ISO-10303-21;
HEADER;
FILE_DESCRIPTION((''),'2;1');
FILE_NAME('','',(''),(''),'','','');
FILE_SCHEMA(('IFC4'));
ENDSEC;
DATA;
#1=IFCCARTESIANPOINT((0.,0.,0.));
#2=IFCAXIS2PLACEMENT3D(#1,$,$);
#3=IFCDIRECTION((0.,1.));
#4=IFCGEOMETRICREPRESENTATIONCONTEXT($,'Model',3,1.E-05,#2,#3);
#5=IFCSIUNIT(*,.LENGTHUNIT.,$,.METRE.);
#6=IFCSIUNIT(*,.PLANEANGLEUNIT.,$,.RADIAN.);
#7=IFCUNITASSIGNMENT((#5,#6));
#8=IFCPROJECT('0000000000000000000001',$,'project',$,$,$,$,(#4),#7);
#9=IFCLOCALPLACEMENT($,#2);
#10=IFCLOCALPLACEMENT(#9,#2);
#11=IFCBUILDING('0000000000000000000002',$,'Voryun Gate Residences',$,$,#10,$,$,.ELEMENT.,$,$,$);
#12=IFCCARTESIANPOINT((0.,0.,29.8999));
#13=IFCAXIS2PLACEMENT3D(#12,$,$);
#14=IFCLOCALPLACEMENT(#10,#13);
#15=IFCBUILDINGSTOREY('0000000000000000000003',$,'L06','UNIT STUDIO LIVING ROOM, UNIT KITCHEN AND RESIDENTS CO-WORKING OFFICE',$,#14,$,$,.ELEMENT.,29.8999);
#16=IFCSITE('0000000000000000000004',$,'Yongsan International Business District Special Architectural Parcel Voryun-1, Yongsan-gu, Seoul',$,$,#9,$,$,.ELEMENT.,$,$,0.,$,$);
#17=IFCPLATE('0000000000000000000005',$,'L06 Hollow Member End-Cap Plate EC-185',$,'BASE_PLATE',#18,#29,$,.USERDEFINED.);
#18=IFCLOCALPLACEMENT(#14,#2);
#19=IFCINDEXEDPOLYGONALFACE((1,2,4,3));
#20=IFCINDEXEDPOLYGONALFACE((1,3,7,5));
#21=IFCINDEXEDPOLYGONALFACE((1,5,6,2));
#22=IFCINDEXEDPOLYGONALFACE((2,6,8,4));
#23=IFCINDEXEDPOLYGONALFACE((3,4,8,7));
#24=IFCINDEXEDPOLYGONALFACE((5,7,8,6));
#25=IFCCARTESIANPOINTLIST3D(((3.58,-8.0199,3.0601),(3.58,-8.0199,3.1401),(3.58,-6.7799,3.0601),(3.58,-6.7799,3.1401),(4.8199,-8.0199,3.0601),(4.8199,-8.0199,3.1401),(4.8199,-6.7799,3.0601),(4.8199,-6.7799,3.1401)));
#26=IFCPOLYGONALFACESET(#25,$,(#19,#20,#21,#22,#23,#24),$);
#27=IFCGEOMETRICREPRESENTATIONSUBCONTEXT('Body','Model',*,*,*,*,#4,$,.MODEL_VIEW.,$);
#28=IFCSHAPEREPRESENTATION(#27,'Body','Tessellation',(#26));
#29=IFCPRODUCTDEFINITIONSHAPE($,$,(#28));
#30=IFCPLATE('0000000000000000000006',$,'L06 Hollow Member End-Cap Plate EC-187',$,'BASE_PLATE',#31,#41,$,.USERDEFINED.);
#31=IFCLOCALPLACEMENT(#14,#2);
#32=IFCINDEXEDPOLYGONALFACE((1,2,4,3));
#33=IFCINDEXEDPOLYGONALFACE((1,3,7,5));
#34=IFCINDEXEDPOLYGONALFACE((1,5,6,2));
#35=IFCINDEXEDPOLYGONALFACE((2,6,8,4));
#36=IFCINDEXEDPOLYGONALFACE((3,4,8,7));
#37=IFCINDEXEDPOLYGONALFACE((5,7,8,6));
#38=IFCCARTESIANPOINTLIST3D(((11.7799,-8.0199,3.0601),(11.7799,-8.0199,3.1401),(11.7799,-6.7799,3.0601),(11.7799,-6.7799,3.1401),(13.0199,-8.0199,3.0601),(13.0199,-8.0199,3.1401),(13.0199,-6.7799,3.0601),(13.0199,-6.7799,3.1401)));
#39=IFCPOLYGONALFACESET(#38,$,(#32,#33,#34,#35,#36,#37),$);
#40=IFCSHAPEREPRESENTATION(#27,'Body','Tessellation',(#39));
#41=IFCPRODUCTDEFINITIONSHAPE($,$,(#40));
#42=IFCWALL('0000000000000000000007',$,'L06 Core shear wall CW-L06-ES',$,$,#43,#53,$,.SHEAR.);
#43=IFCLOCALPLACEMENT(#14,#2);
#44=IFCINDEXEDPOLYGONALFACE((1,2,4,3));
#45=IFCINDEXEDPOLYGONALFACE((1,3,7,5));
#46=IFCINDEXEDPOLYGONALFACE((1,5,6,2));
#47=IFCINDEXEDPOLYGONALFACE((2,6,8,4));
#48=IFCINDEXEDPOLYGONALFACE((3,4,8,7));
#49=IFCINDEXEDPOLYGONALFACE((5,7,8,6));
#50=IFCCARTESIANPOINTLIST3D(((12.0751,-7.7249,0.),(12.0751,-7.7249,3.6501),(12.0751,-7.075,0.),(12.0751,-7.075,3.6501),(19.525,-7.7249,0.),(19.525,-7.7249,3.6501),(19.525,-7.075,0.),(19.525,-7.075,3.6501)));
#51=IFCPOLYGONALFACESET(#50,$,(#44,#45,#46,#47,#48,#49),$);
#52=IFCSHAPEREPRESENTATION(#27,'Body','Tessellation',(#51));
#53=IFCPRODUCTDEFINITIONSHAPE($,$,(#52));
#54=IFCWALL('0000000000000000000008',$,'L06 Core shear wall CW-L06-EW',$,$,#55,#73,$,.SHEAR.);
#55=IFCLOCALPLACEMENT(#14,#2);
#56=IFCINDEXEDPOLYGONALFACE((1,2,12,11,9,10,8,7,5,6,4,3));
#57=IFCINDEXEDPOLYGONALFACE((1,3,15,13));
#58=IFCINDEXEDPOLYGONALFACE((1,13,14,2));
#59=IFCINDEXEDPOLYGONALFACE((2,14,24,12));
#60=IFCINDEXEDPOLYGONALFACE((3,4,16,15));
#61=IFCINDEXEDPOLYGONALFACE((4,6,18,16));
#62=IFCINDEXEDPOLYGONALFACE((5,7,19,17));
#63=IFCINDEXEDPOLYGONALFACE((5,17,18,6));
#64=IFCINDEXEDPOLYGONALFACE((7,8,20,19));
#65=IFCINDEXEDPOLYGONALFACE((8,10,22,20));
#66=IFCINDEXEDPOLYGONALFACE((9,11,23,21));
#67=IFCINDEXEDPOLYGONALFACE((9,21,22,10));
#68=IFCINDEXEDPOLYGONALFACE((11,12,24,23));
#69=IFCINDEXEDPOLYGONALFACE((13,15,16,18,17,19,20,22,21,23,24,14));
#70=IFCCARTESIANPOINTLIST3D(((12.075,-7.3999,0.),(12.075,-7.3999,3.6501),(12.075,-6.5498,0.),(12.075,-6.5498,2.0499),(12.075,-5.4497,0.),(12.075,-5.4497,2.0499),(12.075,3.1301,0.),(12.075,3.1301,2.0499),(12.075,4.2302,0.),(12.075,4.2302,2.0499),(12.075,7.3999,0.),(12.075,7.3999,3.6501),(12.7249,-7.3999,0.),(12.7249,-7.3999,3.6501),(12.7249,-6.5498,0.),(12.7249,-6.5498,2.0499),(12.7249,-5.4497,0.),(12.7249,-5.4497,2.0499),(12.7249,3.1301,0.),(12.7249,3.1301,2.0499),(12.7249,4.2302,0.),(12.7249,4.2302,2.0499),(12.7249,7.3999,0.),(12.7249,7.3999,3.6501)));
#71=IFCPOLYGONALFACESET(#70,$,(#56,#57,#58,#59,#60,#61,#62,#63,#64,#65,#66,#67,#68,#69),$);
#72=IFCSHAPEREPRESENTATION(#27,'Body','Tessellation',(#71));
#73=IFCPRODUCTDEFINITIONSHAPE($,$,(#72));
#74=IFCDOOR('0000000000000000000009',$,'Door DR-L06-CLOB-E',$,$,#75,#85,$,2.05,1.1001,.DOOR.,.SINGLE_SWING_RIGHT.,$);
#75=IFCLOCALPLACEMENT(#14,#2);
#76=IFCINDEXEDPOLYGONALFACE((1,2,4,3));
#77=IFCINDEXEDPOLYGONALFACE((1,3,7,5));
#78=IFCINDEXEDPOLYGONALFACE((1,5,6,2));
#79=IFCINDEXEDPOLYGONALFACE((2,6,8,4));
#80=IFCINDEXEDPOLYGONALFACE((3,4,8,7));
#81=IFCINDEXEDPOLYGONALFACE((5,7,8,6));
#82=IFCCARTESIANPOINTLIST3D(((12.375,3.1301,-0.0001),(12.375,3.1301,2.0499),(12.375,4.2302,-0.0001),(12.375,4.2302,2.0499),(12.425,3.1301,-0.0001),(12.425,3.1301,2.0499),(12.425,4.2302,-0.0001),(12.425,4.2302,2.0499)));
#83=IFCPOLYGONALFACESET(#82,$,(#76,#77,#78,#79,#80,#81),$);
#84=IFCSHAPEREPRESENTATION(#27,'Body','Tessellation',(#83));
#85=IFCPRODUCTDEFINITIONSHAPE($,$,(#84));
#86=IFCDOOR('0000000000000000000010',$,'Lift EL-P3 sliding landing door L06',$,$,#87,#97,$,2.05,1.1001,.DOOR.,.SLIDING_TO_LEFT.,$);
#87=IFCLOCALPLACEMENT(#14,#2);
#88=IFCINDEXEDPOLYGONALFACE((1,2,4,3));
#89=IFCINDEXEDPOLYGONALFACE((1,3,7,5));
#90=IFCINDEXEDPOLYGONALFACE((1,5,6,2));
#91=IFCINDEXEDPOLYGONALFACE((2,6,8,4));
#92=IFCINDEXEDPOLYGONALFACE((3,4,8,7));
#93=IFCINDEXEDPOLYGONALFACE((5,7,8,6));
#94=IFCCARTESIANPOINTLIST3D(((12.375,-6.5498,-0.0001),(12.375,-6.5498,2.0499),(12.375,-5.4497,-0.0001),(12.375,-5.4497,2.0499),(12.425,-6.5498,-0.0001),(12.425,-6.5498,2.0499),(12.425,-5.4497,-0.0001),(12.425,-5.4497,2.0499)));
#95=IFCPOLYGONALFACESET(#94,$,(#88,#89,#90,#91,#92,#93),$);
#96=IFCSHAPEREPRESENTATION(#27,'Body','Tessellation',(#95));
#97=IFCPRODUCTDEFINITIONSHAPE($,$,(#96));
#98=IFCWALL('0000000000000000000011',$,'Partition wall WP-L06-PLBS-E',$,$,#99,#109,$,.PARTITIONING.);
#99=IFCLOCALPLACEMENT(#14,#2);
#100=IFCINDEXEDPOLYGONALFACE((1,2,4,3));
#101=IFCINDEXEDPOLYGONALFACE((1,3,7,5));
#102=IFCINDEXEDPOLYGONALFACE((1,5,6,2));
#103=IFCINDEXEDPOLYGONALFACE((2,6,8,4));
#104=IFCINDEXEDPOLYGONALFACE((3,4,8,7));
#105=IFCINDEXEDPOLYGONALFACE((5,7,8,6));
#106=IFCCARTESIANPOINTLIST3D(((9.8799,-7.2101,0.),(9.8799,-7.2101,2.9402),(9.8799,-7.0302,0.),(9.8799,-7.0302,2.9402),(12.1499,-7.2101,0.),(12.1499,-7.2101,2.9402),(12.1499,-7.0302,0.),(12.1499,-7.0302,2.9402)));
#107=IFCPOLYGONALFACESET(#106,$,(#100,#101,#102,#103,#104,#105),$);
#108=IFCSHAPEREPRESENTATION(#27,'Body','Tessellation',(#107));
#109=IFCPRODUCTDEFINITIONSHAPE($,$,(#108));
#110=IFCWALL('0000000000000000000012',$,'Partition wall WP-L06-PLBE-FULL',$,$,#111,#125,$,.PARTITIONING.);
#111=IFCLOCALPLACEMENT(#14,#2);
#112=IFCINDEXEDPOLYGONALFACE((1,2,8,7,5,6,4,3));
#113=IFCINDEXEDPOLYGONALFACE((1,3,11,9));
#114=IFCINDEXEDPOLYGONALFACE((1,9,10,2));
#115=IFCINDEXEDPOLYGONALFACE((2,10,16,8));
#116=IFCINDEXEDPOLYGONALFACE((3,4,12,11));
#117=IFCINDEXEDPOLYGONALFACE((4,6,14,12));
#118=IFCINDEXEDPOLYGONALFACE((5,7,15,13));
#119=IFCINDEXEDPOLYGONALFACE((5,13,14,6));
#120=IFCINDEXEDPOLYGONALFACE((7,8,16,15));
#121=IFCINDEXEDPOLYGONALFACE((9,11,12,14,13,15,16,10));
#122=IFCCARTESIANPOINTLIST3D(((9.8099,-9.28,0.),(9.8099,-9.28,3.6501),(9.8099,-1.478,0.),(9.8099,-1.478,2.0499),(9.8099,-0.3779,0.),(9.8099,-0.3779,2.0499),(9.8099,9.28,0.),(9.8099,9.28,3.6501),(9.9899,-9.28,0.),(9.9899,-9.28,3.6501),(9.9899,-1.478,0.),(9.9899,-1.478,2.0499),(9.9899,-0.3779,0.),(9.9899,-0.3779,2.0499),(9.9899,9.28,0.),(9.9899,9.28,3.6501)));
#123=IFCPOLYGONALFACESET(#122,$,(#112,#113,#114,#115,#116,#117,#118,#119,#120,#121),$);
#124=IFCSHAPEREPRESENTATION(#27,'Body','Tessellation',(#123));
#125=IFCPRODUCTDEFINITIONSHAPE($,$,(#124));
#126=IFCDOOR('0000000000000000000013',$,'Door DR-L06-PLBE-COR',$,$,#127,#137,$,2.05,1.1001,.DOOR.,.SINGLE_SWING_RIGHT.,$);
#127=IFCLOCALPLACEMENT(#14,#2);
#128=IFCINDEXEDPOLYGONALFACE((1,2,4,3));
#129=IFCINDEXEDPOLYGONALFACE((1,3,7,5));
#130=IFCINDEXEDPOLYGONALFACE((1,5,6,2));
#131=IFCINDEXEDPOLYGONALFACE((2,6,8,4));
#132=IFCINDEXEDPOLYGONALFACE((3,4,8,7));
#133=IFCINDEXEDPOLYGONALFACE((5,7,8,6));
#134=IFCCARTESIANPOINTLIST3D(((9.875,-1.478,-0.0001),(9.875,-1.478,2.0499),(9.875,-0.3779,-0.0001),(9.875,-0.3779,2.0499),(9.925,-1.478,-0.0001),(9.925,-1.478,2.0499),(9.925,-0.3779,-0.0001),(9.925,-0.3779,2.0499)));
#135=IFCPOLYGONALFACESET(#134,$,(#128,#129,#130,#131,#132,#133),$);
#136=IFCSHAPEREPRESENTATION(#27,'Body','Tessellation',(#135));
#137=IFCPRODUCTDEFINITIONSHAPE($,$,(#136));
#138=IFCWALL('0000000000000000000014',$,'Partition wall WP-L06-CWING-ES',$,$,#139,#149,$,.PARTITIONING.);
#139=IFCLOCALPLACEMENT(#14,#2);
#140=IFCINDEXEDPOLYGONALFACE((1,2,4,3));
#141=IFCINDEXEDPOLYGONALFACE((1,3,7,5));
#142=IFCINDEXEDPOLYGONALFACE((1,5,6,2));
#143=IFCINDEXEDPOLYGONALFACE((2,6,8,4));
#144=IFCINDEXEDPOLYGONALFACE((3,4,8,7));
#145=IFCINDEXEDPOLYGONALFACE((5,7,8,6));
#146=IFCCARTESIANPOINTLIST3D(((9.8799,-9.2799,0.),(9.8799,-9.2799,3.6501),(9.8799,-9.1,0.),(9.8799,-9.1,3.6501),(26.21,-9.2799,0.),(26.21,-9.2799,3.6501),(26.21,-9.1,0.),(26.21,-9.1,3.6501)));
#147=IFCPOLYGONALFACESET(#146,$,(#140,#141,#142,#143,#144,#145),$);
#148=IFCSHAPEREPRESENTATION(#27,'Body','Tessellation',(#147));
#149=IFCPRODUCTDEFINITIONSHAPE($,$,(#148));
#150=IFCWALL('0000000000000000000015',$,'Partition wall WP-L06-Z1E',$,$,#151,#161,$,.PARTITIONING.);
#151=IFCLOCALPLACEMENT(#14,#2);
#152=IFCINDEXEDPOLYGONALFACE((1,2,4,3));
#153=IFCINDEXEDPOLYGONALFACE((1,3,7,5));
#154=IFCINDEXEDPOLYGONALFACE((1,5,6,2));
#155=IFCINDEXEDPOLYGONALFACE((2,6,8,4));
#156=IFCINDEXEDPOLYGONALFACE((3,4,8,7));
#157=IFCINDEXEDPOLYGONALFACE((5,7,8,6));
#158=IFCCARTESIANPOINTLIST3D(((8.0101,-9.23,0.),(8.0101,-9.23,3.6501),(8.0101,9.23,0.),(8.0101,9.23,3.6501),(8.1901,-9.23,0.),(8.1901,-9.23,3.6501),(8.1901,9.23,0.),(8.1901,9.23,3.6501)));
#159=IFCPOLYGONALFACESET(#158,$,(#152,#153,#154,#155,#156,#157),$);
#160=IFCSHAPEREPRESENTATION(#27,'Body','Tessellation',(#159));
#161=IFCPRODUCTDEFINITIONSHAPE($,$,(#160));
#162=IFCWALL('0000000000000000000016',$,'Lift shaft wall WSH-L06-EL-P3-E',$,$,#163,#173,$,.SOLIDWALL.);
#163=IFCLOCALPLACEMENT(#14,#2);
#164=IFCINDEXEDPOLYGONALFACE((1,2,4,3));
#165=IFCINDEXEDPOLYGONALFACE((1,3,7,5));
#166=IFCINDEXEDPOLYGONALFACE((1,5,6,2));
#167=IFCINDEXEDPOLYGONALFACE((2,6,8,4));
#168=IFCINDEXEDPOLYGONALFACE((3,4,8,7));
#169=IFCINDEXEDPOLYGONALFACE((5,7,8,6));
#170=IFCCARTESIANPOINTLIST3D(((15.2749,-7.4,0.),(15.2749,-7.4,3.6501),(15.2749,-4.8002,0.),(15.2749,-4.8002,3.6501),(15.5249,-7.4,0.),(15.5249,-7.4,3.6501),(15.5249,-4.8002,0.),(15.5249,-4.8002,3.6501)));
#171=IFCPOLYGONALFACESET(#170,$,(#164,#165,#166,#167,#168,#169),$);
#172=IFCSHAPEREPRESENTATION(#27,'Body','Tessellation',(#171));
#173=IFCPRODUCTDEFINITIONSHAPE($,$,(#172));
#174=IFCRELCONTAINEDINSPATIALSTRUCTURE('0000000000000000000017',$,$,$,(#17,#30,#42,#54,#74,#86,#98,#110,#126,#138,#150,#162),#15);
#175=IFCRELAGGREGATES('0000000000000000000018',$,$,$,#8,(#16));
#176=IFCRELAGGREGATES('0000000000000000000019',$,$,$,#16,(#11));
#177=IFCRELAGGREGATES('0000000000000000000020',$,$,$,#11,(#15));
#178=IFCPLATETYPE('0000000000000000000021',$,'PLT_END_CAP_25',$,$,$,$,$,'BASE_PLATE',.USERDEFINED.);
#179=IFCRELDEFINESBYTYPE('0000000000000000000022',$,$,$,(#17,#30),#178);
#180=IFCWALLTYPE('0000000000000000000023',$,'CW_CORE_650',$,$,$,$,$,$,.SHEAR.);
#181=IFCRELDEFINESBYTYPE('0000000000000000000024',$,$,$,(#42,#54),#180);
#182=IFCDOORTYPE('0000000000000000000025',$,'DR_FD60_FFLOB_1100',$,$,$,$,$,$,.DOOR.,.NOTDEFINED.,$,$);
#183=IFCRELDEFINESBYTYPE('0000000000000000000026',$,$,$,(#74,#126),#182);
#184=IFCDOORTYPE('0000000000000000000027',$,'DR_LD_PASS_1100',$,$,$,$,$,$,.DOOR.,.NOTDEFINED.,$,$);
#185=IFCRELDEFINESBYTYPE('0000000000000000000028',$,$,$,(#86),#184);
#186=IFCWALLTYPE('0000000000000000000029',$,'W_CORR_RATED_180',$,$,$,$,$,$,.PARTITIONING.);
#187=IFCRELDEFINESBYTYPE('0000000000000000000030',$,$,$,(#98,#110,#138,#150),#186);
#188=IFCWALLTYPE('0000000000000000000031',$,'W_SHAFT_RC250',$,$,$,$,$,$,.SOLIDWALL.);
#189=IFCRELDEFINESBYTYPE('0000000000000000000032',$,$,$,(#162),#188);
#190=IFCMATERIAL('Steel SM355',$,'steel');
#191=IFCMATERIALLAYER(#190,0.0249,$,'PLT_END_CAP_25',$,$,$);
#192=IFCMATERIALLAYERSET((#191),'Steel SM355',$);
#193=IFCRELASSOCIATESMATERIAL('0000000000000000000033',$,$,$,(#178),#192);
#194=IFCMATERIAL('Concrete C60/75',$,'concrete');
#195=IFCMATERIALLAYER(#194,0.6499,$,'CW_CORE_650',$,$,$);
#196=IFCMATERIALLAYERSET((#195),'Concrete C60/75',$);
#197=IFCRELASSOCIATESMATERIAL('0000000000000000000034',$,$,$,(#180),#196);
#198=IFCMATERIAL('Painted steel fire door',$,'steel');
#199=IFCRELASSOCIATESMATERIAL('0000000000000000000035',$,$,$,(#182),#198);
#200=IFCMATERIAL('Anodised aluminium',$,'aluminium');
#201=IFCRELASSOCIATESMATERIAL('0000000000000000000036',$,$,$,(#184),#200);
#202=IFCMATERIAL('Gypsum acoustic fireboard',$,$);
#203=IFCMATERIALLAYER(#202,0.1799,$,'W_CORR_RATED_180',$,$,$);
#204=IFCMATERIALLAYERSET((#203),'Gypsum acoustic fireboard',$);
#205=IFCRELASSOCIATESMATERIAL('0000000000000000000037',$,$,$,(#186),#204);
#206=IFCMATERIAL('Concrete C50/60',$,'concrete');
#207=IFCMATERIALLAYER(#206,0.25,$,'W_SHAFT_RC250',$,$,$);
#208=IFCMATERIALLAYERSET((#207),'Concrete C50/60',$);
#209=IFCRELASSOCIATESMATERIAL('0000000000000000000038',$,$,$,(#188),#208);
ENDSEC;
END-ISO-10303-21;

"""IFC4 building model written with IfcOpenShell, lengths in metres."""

from ifc_helpers import new_model, si_unit, direction, frame, frame_2d, origin, origin_2d, place, context, subcontext, project, spatial, rectangle, extrude, material, layer, layer_set, type_object, element, fill, save


model = new_model("IFC4")

# Units and contexts
model_context = context("Model", 3, precision=1e-05, world=origin(), true_north=direction((0.0, 1.0)))
body_context = subcontext(model_context, "Body", "Model", "MODEL_VIEW")
ifc_project = project(units=[si_unit("LENGTHUNIT", "METRE"), si_unit("PLANEANGLEUNIT", "RADIAN")], contexts=[model_context])

# Site, building, storey
site_placement = place(None, origin())
site = spatial("IfcSite", under=ifc_project, at=site_placement, Name="Yongsan International Business District Special Architectural Parcel Voryun-1, Yongsan-gu, Seoul", CompositionType="ELEMENT", RefElevation=0.0)
building_placement = place(site_placement, origin())
building = spatial("IfcBuilding", under=site, at=building_placement, Name="Voryun Gate Residences", CompositionType="ELEMENT")
storey_placement = place(building_placement, frame((0.0, 0.0, 29.8999)))
storey = spatial("IfcBuildingStorey", under=building, at=storey_placement, Name="L06", Description="UNIT STUDIO LIVING ROOM, UNIT KITCHEN AND RESIDENTS CO-WORKING OFFICE", CompositionType="ELEMENT", Elevation=29.8999)

# Plates
ifc_material_1 = material(Name="Steel SM355", Category="steel")
ifc_layer_1 = layer(ifc_material_1, 0.0249, Name="PLT_END_CAP_25")
ifc_layer_set_1 = layer_set([ifc_layer_1], Name="Steel SM355")
plate_type = type_object("IfcPlateType", Name="PLT_END_CAP_25", ElementType="BASE_PLATE", PredefinedType="USERDEFINED", material=ifc_layer_set_1)
for number, where, z_axis, x_axis, name in (
    (1, (4.2, -7.3999, 3.0601), (0.0, 0.0, 1.0), (1.0, 0.0, 0.0), "L06 Hollow Member End-Cap Plate EC-185"),
    (2, (12.3999, -7.3999, 3.0601), (0.0, 0.0, 1.0), (1.0, 0.0, 0.0), "L06 Hollow Member End-Cap Plate EC-187"),
):
    element("IfcPlate", number, at=place(storey_placement, frame(where, z_axis=z_axis, x_axis=x_axis)), inside=storey, type_object=plate_type, Name=name, ObjectType="BASE_PLATE", PredefinedType="USERDEFINED", context=body_context, shape_type="SweptSolid", body=[
        extrude(rectangle(XDim=1.24, YDim=1.24, at=origin_2d()), origin(), (0.0, 0.0, 1.0), 0.0801),
    ])

# Wall
ifc_material_2 = material(Name="Concrete C60/75", Category="concrete")
ifc_layer_2 = layer(ifc_material_2, 0.6499, Name="CW_CORE_650")
ifc_layer_set_2 = layer_set([ifc_layer_2], Name="Concrete C60/75")
wall_type_1 = type_object("IfcWallType", Name="CW_CORE_650", PredefinedType="SHEAR", material=ifc_layer_set_2)
wall_1_placement = place(storey_placement, frame((12.075, -7.3999, 0.0), z_axis=(0.0, 0.0, 1.0), x_axis=(1.0, 0.0, 0.0)))
element("IfcWall", 3, at=wall_1_placement, inside=storey, type_object=wall_type_1, Name="L06 Core shear wall CW-L06-ES", PredefinedType="SHEAR", context=body_context, shape_type="SweptSolid", body=[
    extrude(rectangle(XDim=7.45, YDim=0.6499, at=frame_2d((3.7251, 0.0))), origin(), (0.0, 0.0, 1.0), 3.6501),
])

# Wall, openings, doors
wall_2_placement = place(storey_placement, frame((12.3999, -7.3999, 0.0), z_axis=(0.0, 0.0, 1.0), x_axis=(0.0, 1.0, 0.0)))
wall_2 = element("IfcWall", 4, at=wall_2_placement, inside=storey, type_object=wall_type_1, Name="L06 Core shear wall CW-L06-EW", PredefinedType="SHEAR", context=body_context, shape_type="SweptSolid", body=[
    extrude(rectangle(XDim=14.7998, YDim=0.6499, at=frame_2d((7.3999, 0.0))), origin(), (0.0, 0.0, 1.0), 3.6501),
])
opening_1_placement = place(wall_2_placement, frame((0.8501, 0.0, 0.0)))
opening_1 = element("IfcOpeningElement", 5, at=opening_1_placement, cuts=wall_2, PredefinedType="OPENING", context=body_context, shape_type="SweptSolid", body=[
    extrude(rectangle(XDim=1.1001, YDim=2.05, at=frame_2d((0.55, 1.0249))), frame((0.0, 0.335, 0.0), z_axis=(0.0, -1.0, 0.0), x_axis=(1.0, 0.0, 0.0)), (0.0, 0.0, 1.0), 0.6699),
])
opening_2_placement = place(wall_2_placement, frame((10.53, 0.0, 0.0)))
opening_2 = element("IfcOpeningElement", 6, at=opening_2_placement, cuts=wall_2, PredefinedType="OPENING", context=body_context, shape_type="SweptSolid", body=[
    extrude(rectangle(XDim=1.1001, YDim=2.05, at=frame_2d((0.55, 1.0249))), frame((0.0, 0.335, 0.0), z_axis=(0.0, -1.0, 0.0), x_axis=(1.0, 0.0, 0.0)), (0.0, 0.0, 1.0), 0.6699),
])
ifc_material_3 = material(Name="Painted steel fire door", Category="steel")
door_type_1 = type_object("IfcDoorType", Name="DR_FD60_FFLOB_1100", OperationType="NOTDEFINED", PredefinedType="DOOR", material=ifc_material_3)
door_1_placement = place(opening_2_placement, origin())
door_1 = element("IfcDoor", 7, at=door_1_placement, inside=storey, type_object=door_type_1, Name="Door DR-L06-CLOB-E", OperationType="SINGLE_SWING_RIGHT", OverallHeight=2.05, OverallWidth=1.1001, PredefinedType="DOOR", context=body_context, shape_type="SweptSolid", body=[
    extrude(rectangle(XDim=1.1001, YDim=2.05, at=frame_2d((0.55, 1.0249))), frame((0.0, 0.0249, 0.0), z_axis=(0.0, -1.0, 0.0), x_axis=(1.0, 0.0, 0.0)), (0.0, 0.0, 1.0), 0.05),
])
fill(opening_2, door_1)
ifc_material_4 = material(Name="Anodised aluminium", Category="aluminium")
door_type_2 = type_object("IfcDoorType", Name="DR_LD_PASS_1100", OperationType="NOTDEFINED", PredefinedType="DOOR", material=ifc_material_4)
door_2_placement = place(opening_1_placement, origin())
door_2 = element("IfcDoor", 8, at=door_2_placement, inside=storey, type_object=door_type_2, Name="Lift EL-P3 sliding landing door L06", OperationType="SLIDING_TO_LEFT", OverallHeight=2.05, OverallWidth=1.1001, PredefinedType="DOOR", context=body_context, shape_type="SweptSolid", body=[
    extrude(rectangle(XDim=1.1001, YDim=2.05, at=frame_2d((0.55, 1.0249))), frame((0.0, 0.0249, 0.0), z_axis=(0.0, -1.0, 0.0), x_axis=(1.0, 0.0, 0.0)), (0.0, 0.0, 1.0), 0.05),
])
fill(opening_1, door_2)

# Wall
ifc_material_5 = material(Name="Gypsum acoustic fireboard")
ifc_layer_3 = layer(ifc_material_5, 0.1799, Name="W_CORR_RATED_180")
ifc_layer_set_3 = layer_set([ifc_layer_3], Name="Gypsum acoustic fireboard")
wall_type_2 = type_object("IfcWallType", Name="W_CORR_RATED_180", PredefinedType="PARTITIONING", material=ifc_layer_set_3)
wall_3_placement = place(storey_placement, frame((9.8799, -7.1201, 0.0), z_axis=(0.0, 0.0, 1.0), x_axis=(1.0, 0.0, 0.0)))
element("IfcWall", 9, at=wall_3_placement, inside=storey, type_object=wall_type_2, Name="Partition wall WP-L06-PLBS-E", PredefinedType="PARTITIONING", context=body_context, shape_type="SweptSolid", body=[
    extrude(rectangle(XDim=2.27, YDim=0.1799, at=frame_2d((1.135, 0.0))), origin(), (0.0, 0.0, 1.0), 2.9402),
])

# Wall, opening, door
wall_4_placement = place(storey_placement, frame((9.8999, -9.28, 0.0), z_axis=(0.0, 0.0, 1.0), x_axis=(0.0, 1.0, 0.0)))
wall_4 = element("IfcWall", 10, at=wall_4_placement, inside=storey, type_object=wall_type_2, Name="Partition wall WP-L06-PLBE-FULL", PredefinedType="PARTITIONING", context=body_context, shape_type="SweptSolid", body=[
    extrude(rectangle(XDim=18.5601, YDim=0.1799, at=frame_2d((9.28, 0.0))), origin(), (0.0, 0.0, 1.0), 3.6501),
])
opening_3_placement = place(wall_4_placement, frame((7.802, 0.0, 0.0)))
opening_3 = element("IfcOpeningElement", 11, at=opening_3_placement, cuts=wall_4, PredefinedType="OPENING", context=body_context, shape_type="SweptSolid", body=[
    extrude(rectangle(XDim=1.1001, YDim=2.05, at=frame_2d((0.55, 1.0249))), frame((0.0, 0.0999, 0.0), z_axis=(0.0, -1.0, 0.0), x_axis=(1.0, 0.0, 0.0)), (0.0, 0.0, 1.0), 0.2),
])
door_3_placement = place(opening_3_placement, origin())
door_3 = element("IfcDoor", 12, at=door_3_placement, inside=storey, type_object=door_type_1, Name="Door DR-L06-PLBE-COR", OperationType="SINGLE_SWING_RIGHT", OverallHeight=2.05, OverallWidth=1.1001, PredefinedType="DOOR", context=body_context, shape_type="SweptSolid", body=[
    extrude(rectangle(XDim=1.1001, YDim=2.05, at=frame_2d((0.55, 1.0249))), frame((0.0, 0.0249, 0.0), z_axis=(0.0, -1.0, 0.0), x_axis=(1.0, 0.0, 0.0)), (0.0, 0.0, 1.0), 0.05),
])
fill(opening_3, door_3)

# Walls
wall_5_placement = place(storey_placement, frame((9.8799, -9.1899, 0.0), z_axis=(0.0, 0.0, 1.0), x_axis=(1.0, 0.0, 0.0)))
element("IfcWall", 13, at=wall_5_placement, inside=storey, type_object=wall_type_2, Name="Partition wall WP-L06-CWING-ES", PredefinedType="PARTITIONING", context=body_context, shape_type="SweptSolid", body=[
    extrude(rectangle(XDim=16.3301, YDim=0.1799, at=frame_2d((8.165, 0.0))), origin(), (0.0, 0.0, 1.0), 3.6501),
])
wall_6_placement = place(storey_placement, frame((8.1001, -9.23, 0.0), z_axis=(0.0, 0.0, 1.0), x_axis=(0.0, 1.0, 0.0)))
element("IfcWall", 14, at=wall_6_placement, inside=storey, type_object=wall_type_2, Name="Partition wall WP-L06-Z1E", PredefinedType="PARTITIONING", context=body_context, shape_type="SweptSolid", body=[
    extrude(rectangle(XDim=18.46, YDim=0.1799, at=frame_2d((9.23, 0.0))), origin(), (0.0, 0.0, 1.0), 3.6501),
])
ifc_material_6 = material(Name="Concrete C50/60", Category="concrete")
ifc_layer_4 = layer(ifc_material_6, 0.25, Name="W_SHAFT_RC250")
ifc_layer_set_4 = layer_set([ifc_layer_4], Name="Concrete C50/60")
wall_type_3 = type_object("IfcWallType", Name="W_SHAFT_RC250", PredefinedType="SOLIDWALL", material=ifc_layer_set_4)
wall_7_placement = place(storey_placement, frame((15.3999, -7.3999, 0.0), z_axis=(0.0, 0.0, 1.0), x_axis=(0.0, 1.0, 0.0)))
element("IfcWall", 15, at=wall_7_placement, inside=storey, type_object=wall_type_3, Name="Lift shaft wall WSH-L06-EL-P3-E", PredefinedType="SOLIDWALL", context=body_context, shape_type="SweptSolid", body=[
    extrude(rectangle(XDim=2.5999, YDim=0.25, at=frame_2d((1.2998, 0.0))), origin(), (0.0, 0.0, 1.0), 3.6501),
])

save(model, "model.ifc")
